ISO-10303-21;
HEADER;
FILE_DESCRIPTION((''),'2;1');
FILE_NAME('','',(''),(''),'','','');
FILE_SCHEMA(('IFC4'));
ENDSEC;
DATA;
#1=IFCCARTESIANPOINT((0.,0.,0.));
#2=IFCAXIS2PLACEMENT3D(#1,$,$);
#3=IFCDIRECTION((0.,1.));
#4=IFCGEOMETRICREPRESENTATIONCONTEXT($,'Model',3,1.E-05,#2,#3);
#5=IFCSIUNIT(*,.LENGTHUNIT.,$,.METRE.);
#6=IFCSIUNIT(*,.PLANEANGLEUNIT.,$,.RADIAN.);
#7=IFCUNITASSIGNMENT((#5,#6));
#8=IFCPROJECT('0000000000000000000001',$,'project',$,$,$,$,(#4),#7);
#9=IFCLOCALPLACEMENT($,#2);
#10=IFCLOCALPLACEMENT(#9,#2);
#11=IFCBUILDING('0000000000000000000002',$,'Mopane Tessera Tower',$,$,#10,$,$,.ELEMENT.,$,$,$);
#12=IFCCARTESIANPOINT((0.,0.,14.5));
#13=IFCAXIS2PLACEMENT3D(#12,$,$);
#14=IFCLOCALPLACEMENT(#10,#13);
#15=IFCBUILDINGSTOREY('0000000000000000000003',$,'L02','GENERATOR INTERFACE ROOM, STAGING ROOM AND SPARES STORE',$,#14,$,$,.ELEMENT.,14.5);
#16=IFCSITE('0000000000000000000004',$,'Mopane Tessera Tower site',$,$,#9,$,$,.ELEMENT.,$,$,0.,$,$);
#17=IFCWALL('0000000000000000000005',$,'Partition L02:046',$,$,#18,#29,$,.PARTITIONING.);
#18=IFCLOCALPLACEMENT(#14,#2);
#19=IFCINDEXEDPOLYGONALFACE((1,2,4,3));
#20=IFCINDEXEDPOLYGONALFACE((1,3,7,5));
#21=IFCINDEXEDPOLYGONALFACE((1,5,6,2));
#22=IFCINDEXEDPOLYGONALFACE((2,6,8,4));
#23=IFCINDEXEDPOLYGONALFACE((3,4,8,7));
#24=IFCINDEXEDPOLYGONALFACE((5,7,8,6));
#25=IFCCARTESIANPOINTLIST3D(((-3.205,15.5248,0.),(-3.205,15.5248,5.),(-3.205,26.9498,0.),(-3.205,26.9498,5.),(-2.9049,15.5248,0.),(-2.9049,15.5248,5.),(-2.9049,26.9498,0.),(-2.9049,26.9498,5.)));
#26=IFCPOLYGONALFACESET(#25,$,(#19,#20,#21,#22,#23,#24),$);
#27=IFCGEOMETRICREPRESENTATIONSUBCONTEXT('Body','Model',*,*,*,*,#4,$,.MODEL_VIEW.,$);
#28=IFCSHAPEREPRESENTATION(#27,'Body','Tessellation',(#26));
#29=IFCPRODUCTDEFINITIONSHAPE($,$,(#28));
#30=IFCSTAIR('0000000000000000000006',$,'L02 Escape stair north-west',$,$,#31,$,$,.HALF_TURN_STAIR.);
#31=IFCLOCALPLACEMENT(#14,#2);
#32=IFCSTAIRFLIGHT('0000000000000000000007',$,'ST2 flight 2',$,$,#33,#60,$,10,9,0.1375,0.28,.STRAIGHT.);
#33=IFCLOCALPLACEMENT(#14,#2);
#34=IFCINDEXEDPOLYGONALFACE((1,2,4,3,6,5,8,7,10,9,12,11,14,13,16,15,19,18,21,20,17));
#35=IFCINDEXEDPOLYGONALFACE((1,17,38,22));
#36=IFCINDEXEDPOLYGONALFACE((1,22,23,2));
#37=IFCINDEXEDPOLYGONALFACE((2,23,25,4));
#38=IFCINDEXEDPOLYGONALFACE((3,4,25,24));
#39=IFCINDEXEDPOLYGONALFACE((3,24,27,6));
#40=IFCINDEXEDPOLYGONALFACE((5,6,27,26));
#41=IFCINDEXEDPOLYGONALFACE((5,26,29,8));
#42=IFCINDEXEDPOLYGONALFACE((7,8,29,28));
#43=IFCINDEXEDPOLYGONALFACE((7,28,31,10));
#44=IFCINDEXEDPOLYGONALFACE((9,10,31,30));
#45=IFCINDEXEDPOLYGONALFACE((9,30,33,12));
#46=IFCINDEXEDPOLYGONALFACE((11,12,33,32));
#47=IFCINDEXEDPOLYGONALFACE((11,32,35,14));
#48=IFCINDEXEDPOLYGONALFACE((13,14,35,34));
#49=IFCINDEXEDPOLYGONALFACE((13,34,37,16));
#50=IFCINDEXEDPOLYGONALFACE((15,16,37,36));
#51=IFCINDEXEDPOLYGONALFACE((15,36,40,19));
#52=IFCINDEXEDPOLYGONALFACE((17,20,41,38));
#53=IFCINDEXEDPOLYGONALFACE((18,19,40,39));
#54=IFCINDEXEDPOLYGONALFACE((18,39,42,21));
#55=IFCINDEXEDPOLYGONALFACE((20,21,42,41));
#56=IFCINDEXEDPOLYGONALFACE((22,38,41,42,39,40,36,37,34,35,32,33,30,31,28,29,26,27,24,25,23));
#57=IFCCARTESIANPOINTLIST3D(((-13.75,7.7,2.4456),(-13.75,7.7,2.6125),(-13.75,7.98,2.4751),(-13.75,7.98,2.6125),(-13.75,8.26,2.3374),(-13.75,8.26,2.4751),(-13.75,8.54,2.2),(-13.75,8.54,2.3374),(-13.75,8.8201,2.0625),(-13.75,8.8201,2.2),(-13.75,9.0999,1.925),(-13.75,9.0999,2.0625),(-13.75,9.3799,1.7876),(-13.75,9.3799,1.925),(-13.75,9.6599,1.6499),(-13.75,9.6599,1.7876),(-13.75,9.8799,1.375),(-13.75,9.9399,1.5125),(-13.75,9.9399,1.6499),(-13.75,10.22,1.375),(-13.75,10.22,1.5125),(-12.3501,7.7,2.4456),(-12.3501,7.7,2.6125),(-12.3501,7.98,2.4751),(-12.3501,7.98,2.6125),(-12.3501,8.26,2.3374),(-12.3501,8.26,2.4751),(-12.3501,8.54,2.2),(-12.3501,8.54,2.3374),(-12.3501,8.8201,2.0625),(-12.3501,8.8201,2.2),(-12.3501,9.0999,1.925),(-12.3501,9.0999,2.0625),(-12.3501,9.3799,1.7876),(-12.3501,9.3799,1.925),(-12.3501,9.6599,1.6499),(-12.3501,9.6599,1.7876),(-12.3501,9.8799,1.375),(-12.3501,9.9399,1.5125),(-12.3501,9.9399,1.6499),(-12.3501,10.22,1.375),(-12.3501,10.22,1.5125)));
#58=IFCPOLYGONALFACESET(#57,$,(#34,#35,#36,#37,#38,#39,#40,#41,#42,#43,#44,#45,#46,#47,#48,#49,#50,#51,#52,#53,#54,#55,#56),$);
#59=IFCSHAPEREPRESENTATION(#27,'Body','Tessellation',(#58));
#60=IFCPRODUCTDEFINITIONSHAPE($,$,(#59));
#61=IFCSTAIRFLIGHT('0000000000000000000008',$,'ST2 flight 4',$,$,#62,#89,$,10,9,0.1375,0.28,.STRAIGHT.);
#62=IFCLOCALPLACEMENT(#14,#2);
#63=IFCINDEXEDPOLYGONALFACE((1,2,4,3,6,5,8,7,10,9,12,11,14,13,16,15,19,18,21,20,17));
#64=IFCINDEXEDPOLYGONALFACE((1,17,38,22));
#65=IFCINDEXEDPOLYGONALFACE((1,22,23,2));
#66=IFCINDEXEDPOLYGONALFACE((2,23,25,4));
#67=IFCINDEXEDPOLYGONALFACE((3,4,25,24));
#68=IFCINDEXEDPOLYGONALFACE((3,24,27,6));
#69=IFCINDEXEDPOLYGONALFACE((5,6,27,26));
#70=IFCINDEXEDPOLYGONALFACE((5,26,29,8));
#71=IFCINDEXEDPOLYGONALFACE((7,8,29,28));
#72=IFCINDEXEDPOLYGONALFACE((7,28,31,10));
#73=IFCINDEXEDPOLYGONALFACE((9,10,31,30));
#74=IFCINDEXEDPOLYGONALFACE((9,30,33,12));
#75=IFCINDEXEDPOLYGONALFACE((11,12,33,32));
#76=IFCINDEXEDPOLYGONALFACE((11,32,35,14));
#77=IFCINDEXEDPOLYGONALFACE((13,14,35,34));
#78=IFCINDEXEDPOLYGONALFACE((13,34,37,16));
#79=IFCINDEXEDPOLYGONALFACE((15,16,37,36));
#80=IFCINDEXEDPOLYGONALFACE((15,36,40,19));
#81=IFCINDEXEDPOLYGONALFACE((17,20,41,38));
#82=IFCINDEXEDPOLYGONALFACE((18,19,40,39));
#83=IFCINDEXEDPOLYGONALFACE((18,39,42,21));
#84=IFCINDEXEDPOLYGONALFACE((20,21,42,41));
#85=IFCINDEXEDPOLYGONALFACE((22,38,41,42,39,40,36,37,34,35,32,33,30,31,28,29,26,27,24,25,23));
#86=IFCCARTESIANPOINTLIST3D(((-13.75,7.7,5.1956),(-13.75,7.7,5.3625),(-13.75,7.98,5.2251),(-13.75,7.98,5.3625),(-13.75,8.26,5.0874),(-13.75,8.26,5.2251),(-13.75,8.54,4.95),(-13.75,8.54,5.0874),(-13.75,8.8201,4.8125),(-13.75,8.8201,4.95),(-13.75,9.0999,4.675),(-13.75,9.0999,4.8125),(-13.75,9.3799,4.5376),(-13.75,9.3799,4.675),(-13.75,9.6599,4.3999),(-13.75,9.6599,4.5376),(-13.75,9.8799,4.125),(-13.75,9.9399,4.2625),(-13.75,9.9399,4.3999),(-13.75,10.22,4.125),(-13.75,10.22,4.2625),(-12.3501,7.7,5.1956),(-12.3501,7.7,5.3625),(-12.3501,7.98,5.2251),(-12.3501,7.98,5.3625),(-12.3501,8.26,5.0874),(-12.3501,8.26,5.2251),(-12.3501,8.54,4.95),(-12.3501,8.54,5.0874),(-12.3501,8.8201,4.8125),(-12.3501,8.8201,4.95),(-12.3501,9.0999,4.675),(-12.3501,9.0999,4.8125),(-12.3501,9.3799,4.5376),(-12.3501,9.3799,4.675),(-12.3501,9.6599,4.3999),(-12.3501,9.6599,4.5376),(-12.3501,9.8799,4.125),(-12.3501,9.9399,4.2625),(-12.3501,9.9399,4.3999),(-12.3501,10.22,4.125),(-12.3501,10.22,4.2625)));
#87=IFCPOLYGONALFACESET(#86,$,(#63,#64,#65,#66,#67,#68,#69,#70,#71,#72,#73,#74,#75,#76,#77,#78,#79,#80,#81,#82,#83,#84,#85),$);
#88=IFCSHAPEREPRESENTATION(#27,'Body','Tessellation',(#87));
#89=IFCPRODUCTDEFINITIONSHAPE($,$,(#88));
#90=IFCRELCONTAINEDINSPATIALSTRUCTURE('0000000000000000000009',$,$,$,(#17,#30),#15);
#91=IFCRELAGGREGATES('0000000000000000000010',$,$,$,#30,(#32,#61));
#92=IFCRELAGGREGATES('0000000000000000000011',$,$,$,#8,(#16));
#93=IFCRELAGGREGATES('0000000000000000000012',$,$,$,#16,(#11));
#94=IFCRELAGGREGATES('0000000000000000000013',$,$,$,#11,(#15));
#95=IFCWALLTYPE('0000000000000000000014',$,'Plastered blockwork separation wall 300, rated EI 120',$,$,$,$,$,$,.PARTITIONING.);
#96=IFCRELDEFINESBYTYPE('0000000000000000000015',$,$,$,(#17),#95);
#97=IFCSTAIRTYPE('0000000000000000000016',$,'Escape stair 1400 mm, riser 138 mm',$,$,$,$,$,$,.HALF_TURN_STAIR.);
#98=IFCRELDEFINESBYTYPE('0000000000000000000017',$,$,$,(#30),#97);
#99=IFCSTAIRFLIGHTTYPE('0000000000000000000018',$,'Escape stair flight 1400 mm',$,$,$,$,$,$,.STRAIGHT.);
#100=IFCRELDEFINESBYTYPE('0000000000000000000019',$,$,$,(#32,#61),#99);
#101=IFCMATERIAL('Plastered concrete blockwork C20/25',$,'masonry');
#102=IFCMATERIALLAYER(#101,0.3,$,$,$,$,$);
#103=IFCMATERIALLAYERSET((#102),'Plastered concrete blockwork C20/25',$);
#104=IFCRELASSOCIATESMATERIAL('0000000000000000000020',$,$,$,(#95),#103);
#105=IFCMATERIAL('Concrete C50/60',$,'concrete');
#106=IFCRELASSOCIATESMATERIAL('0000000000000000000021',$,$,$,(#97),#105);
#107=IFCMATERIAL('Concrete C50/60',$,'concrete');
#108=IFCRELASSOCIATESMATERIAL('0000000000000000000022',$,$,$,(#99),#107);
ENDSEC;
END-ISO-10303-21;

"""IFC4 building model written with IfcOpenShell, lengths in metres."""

from ifc_helpers import new_model, si_unit, direction, frame, frame_2d, origin, place, context, subcontext, project, spatial, polyline, rectangle, outline, extrude, material, layer, layer_set, type_object, element, aggregate, save


model = new_model("IFC4")

# Units and contexts
model_context = context("Model", 3, precision=1e-05, world=origin(), true_north=direction((0.0, 1.0)))
body_context = subcontext(model_context, "Body", "Model", "MODEL_VIEW")
ifc_project = project(units=[si_unit("LENGTHUNIT", "METRE"), si_unit("PLANEANGLEUNIT", "RADIAN")], contexts=[model_context])

# Site, building, storey
site_placement = place(None, origin())
site = spatial("IfcSite", under=ifc_project, at=site_placement, Name="Mopane Tessera Tower site", CompositionType="ELEMENT", RefElevation=0.0)
building_placement = place(site_placement, origin())
building = spatial("IfcBuilding", under=site, at=building_placement, Name="Mopane Tessera Tower", CompositionType="ELEMENT")
storey_placement = place(building_placement, frame((0.0, 0.0, 14.5)))
storey = spatial("IfcBuildingStorey", under=building, at=storey_placement, Name="L02", Description="GENERATOR INTERFACE ROOM, STAGING ROOM AND SPARES STORE", CompositionType="ELEMENT", Elevation=14.5)

# Wall
ifc_material_1 = material(Name="Plastered concrete blockwork C20/25", Category="masonry")
ifc_layer_1 = layer(ifc_material_1, 0.3)
ifc_layer_set_1 = layer_set([ifc_layer_1], Name="Plastered concrete blockwork C20/25")
wall_type_1 = type_object("IfcWallType", Name="Plastered blockwork separation wall 300, rated EI 120", PredefinedType="PARTITIONING", material=ifc_layer_set_1)
wall_1_placement = place(storey_placement, frame((-3.0549, 15.5249, 0.0), z_axis=(0.0, 0.0, 1.0), x_axis=(0.0, 1.0, 0.0)))
element("IfcWall", 1, at=wall_1_placement, inside=storey, type_object=wall_type_1, Name="Partition L02:046", PredefinedType="PARTITIONING", context=body_context, shape_type="SweptSolid", body=[
    extrude(rectangle(XDim=11.425, YDim=0.3, at=frame_2d((5.7124, 0.0))), origin(), (0.0, 0.0, 1.0), 5.0),
])

# Stair, stair flights
ifc_material_2 = material(Name="Concrete C50/60", Category="concrete")
stair_type = type_object("IfcStairType", Name="Escape stair 1400 mm, riser 138 mm", PredefinedType="HALF_TURN_STAIR", material=ifc_material_2)
stair_placement = place(storey_placement, origin())
stair = element("IfcStair", 2, at=stair_placement, inside=storey, type_object=stair_type, Name="L02 Escape stair north-west", PredefinedType="HALF_TURN_STAIR")
ifc_material_3 = material(Name="Concrete C50/60", Category="concrete")
stair_flight_type = type_object("IfcStairFlightType", Name="Escape stair flight 1400 mm", PredefinedType="STRAIGHT", material=ifc_material_3)
stair_flight_1_placement = place(storey_placement, frame((-13.05, 10.22, 1.375), z_axis=(0.0, 0.0, 1.0), x_axis=(0.0, -1.0, 0.0)))
stair_flight_1 = element("IfcStairFlight", 3, at=stair_flight_1_placement, type_object=stair_flight_type, Name="ST2 flight 2", NumberOfRisers=10, NumberOfTreads=9, PredefinedType="STRAIGHT", RiserHeight=0.1375, TreadLength=0.28, context=body_context, shape_type="SweptSolid", body=[
    extrude(outline(polyline([(0.0, 0.0), (0.0, 0.1375), (0.28, 0.1375), (0.28, 0.2749), (0.5601, 0.2749), (0.5601, 0.4126), (0.8401, 0.4126), (0.8401, 0.55), (1.1201, 0.55), (1.1201, 0.6875), (1.3999, 0.6875), (1.3999, 0.825), (1.6799, 0.825), (1.6799, 0.9624), (1.96, 0.9624), (1.96, 1.1001), (2.24, 1.1001), (2.24, 1.2375), (2.52, 1.2375), (2.52, 1.375), (2.52, 1.0706), (0.3401, 0.0), (0.0, 0.0)])), frame((0.0, 0.7, 0.0), z_axis=(0.0, -1.0, 0.0), x_axis=(1.0, 0.0, 0.0)), (0.0, 0.0, 1.0), 1.3999),
])
stair_flight_2_placement = place(storey_placement, frame((-13.05, 10.22, 4.125), z_axis=(0.0, 0.0, 1.0), x_axis=(0.0, -1.0, 0.0)))
stair_flight_2 = element("IfcStairFlight", 4, at=stair_flight_2_placement, type_object=stair_flight_type, Name="ST2 flight 4", NumberOfRisers=10, NumberOfTreads=9, PredefinedType="STRAIGHT", RiserHeight=0.1375, TreadLength=0.28, context=body_context, shape_type="SweptSolid", body=[
    extrude(outline(polyline([(0.0, 0.0), (0.0, 0.1375), (0.28, 0.1375), (0.28, 0.2749), (0.5601, 0.2749), (0.5601, 0.4126), (0.8401, 0.4126), (0.8401, 0.55), (1.1201, 0.55), (1.1201, 0.6875), (1.3999, 0.6875), (1.3999, 0.825), (1.6799, 0.825), (1.6799, 0.9624), (1.96, 0.9624), (1.96, 1.1001), (2.24, 1.1001), (2.24, 1.2375), (2.52, 1.2375), (2.52, 1.375), (2.52, 1.0706), (0.3401, 0.0), (0.0, 0.0)])), frame((0.0, 0.7, 0.0), z_axis=(0.0, -1.0, 0.0), x_axis=(1.0, 0.0, 0.0)), (0.0, 0.0, 1.0), 1.3999),
])
aggregate(stair, [stair_flight_1, stair_flight_2])

save(model, "model.ifc")
